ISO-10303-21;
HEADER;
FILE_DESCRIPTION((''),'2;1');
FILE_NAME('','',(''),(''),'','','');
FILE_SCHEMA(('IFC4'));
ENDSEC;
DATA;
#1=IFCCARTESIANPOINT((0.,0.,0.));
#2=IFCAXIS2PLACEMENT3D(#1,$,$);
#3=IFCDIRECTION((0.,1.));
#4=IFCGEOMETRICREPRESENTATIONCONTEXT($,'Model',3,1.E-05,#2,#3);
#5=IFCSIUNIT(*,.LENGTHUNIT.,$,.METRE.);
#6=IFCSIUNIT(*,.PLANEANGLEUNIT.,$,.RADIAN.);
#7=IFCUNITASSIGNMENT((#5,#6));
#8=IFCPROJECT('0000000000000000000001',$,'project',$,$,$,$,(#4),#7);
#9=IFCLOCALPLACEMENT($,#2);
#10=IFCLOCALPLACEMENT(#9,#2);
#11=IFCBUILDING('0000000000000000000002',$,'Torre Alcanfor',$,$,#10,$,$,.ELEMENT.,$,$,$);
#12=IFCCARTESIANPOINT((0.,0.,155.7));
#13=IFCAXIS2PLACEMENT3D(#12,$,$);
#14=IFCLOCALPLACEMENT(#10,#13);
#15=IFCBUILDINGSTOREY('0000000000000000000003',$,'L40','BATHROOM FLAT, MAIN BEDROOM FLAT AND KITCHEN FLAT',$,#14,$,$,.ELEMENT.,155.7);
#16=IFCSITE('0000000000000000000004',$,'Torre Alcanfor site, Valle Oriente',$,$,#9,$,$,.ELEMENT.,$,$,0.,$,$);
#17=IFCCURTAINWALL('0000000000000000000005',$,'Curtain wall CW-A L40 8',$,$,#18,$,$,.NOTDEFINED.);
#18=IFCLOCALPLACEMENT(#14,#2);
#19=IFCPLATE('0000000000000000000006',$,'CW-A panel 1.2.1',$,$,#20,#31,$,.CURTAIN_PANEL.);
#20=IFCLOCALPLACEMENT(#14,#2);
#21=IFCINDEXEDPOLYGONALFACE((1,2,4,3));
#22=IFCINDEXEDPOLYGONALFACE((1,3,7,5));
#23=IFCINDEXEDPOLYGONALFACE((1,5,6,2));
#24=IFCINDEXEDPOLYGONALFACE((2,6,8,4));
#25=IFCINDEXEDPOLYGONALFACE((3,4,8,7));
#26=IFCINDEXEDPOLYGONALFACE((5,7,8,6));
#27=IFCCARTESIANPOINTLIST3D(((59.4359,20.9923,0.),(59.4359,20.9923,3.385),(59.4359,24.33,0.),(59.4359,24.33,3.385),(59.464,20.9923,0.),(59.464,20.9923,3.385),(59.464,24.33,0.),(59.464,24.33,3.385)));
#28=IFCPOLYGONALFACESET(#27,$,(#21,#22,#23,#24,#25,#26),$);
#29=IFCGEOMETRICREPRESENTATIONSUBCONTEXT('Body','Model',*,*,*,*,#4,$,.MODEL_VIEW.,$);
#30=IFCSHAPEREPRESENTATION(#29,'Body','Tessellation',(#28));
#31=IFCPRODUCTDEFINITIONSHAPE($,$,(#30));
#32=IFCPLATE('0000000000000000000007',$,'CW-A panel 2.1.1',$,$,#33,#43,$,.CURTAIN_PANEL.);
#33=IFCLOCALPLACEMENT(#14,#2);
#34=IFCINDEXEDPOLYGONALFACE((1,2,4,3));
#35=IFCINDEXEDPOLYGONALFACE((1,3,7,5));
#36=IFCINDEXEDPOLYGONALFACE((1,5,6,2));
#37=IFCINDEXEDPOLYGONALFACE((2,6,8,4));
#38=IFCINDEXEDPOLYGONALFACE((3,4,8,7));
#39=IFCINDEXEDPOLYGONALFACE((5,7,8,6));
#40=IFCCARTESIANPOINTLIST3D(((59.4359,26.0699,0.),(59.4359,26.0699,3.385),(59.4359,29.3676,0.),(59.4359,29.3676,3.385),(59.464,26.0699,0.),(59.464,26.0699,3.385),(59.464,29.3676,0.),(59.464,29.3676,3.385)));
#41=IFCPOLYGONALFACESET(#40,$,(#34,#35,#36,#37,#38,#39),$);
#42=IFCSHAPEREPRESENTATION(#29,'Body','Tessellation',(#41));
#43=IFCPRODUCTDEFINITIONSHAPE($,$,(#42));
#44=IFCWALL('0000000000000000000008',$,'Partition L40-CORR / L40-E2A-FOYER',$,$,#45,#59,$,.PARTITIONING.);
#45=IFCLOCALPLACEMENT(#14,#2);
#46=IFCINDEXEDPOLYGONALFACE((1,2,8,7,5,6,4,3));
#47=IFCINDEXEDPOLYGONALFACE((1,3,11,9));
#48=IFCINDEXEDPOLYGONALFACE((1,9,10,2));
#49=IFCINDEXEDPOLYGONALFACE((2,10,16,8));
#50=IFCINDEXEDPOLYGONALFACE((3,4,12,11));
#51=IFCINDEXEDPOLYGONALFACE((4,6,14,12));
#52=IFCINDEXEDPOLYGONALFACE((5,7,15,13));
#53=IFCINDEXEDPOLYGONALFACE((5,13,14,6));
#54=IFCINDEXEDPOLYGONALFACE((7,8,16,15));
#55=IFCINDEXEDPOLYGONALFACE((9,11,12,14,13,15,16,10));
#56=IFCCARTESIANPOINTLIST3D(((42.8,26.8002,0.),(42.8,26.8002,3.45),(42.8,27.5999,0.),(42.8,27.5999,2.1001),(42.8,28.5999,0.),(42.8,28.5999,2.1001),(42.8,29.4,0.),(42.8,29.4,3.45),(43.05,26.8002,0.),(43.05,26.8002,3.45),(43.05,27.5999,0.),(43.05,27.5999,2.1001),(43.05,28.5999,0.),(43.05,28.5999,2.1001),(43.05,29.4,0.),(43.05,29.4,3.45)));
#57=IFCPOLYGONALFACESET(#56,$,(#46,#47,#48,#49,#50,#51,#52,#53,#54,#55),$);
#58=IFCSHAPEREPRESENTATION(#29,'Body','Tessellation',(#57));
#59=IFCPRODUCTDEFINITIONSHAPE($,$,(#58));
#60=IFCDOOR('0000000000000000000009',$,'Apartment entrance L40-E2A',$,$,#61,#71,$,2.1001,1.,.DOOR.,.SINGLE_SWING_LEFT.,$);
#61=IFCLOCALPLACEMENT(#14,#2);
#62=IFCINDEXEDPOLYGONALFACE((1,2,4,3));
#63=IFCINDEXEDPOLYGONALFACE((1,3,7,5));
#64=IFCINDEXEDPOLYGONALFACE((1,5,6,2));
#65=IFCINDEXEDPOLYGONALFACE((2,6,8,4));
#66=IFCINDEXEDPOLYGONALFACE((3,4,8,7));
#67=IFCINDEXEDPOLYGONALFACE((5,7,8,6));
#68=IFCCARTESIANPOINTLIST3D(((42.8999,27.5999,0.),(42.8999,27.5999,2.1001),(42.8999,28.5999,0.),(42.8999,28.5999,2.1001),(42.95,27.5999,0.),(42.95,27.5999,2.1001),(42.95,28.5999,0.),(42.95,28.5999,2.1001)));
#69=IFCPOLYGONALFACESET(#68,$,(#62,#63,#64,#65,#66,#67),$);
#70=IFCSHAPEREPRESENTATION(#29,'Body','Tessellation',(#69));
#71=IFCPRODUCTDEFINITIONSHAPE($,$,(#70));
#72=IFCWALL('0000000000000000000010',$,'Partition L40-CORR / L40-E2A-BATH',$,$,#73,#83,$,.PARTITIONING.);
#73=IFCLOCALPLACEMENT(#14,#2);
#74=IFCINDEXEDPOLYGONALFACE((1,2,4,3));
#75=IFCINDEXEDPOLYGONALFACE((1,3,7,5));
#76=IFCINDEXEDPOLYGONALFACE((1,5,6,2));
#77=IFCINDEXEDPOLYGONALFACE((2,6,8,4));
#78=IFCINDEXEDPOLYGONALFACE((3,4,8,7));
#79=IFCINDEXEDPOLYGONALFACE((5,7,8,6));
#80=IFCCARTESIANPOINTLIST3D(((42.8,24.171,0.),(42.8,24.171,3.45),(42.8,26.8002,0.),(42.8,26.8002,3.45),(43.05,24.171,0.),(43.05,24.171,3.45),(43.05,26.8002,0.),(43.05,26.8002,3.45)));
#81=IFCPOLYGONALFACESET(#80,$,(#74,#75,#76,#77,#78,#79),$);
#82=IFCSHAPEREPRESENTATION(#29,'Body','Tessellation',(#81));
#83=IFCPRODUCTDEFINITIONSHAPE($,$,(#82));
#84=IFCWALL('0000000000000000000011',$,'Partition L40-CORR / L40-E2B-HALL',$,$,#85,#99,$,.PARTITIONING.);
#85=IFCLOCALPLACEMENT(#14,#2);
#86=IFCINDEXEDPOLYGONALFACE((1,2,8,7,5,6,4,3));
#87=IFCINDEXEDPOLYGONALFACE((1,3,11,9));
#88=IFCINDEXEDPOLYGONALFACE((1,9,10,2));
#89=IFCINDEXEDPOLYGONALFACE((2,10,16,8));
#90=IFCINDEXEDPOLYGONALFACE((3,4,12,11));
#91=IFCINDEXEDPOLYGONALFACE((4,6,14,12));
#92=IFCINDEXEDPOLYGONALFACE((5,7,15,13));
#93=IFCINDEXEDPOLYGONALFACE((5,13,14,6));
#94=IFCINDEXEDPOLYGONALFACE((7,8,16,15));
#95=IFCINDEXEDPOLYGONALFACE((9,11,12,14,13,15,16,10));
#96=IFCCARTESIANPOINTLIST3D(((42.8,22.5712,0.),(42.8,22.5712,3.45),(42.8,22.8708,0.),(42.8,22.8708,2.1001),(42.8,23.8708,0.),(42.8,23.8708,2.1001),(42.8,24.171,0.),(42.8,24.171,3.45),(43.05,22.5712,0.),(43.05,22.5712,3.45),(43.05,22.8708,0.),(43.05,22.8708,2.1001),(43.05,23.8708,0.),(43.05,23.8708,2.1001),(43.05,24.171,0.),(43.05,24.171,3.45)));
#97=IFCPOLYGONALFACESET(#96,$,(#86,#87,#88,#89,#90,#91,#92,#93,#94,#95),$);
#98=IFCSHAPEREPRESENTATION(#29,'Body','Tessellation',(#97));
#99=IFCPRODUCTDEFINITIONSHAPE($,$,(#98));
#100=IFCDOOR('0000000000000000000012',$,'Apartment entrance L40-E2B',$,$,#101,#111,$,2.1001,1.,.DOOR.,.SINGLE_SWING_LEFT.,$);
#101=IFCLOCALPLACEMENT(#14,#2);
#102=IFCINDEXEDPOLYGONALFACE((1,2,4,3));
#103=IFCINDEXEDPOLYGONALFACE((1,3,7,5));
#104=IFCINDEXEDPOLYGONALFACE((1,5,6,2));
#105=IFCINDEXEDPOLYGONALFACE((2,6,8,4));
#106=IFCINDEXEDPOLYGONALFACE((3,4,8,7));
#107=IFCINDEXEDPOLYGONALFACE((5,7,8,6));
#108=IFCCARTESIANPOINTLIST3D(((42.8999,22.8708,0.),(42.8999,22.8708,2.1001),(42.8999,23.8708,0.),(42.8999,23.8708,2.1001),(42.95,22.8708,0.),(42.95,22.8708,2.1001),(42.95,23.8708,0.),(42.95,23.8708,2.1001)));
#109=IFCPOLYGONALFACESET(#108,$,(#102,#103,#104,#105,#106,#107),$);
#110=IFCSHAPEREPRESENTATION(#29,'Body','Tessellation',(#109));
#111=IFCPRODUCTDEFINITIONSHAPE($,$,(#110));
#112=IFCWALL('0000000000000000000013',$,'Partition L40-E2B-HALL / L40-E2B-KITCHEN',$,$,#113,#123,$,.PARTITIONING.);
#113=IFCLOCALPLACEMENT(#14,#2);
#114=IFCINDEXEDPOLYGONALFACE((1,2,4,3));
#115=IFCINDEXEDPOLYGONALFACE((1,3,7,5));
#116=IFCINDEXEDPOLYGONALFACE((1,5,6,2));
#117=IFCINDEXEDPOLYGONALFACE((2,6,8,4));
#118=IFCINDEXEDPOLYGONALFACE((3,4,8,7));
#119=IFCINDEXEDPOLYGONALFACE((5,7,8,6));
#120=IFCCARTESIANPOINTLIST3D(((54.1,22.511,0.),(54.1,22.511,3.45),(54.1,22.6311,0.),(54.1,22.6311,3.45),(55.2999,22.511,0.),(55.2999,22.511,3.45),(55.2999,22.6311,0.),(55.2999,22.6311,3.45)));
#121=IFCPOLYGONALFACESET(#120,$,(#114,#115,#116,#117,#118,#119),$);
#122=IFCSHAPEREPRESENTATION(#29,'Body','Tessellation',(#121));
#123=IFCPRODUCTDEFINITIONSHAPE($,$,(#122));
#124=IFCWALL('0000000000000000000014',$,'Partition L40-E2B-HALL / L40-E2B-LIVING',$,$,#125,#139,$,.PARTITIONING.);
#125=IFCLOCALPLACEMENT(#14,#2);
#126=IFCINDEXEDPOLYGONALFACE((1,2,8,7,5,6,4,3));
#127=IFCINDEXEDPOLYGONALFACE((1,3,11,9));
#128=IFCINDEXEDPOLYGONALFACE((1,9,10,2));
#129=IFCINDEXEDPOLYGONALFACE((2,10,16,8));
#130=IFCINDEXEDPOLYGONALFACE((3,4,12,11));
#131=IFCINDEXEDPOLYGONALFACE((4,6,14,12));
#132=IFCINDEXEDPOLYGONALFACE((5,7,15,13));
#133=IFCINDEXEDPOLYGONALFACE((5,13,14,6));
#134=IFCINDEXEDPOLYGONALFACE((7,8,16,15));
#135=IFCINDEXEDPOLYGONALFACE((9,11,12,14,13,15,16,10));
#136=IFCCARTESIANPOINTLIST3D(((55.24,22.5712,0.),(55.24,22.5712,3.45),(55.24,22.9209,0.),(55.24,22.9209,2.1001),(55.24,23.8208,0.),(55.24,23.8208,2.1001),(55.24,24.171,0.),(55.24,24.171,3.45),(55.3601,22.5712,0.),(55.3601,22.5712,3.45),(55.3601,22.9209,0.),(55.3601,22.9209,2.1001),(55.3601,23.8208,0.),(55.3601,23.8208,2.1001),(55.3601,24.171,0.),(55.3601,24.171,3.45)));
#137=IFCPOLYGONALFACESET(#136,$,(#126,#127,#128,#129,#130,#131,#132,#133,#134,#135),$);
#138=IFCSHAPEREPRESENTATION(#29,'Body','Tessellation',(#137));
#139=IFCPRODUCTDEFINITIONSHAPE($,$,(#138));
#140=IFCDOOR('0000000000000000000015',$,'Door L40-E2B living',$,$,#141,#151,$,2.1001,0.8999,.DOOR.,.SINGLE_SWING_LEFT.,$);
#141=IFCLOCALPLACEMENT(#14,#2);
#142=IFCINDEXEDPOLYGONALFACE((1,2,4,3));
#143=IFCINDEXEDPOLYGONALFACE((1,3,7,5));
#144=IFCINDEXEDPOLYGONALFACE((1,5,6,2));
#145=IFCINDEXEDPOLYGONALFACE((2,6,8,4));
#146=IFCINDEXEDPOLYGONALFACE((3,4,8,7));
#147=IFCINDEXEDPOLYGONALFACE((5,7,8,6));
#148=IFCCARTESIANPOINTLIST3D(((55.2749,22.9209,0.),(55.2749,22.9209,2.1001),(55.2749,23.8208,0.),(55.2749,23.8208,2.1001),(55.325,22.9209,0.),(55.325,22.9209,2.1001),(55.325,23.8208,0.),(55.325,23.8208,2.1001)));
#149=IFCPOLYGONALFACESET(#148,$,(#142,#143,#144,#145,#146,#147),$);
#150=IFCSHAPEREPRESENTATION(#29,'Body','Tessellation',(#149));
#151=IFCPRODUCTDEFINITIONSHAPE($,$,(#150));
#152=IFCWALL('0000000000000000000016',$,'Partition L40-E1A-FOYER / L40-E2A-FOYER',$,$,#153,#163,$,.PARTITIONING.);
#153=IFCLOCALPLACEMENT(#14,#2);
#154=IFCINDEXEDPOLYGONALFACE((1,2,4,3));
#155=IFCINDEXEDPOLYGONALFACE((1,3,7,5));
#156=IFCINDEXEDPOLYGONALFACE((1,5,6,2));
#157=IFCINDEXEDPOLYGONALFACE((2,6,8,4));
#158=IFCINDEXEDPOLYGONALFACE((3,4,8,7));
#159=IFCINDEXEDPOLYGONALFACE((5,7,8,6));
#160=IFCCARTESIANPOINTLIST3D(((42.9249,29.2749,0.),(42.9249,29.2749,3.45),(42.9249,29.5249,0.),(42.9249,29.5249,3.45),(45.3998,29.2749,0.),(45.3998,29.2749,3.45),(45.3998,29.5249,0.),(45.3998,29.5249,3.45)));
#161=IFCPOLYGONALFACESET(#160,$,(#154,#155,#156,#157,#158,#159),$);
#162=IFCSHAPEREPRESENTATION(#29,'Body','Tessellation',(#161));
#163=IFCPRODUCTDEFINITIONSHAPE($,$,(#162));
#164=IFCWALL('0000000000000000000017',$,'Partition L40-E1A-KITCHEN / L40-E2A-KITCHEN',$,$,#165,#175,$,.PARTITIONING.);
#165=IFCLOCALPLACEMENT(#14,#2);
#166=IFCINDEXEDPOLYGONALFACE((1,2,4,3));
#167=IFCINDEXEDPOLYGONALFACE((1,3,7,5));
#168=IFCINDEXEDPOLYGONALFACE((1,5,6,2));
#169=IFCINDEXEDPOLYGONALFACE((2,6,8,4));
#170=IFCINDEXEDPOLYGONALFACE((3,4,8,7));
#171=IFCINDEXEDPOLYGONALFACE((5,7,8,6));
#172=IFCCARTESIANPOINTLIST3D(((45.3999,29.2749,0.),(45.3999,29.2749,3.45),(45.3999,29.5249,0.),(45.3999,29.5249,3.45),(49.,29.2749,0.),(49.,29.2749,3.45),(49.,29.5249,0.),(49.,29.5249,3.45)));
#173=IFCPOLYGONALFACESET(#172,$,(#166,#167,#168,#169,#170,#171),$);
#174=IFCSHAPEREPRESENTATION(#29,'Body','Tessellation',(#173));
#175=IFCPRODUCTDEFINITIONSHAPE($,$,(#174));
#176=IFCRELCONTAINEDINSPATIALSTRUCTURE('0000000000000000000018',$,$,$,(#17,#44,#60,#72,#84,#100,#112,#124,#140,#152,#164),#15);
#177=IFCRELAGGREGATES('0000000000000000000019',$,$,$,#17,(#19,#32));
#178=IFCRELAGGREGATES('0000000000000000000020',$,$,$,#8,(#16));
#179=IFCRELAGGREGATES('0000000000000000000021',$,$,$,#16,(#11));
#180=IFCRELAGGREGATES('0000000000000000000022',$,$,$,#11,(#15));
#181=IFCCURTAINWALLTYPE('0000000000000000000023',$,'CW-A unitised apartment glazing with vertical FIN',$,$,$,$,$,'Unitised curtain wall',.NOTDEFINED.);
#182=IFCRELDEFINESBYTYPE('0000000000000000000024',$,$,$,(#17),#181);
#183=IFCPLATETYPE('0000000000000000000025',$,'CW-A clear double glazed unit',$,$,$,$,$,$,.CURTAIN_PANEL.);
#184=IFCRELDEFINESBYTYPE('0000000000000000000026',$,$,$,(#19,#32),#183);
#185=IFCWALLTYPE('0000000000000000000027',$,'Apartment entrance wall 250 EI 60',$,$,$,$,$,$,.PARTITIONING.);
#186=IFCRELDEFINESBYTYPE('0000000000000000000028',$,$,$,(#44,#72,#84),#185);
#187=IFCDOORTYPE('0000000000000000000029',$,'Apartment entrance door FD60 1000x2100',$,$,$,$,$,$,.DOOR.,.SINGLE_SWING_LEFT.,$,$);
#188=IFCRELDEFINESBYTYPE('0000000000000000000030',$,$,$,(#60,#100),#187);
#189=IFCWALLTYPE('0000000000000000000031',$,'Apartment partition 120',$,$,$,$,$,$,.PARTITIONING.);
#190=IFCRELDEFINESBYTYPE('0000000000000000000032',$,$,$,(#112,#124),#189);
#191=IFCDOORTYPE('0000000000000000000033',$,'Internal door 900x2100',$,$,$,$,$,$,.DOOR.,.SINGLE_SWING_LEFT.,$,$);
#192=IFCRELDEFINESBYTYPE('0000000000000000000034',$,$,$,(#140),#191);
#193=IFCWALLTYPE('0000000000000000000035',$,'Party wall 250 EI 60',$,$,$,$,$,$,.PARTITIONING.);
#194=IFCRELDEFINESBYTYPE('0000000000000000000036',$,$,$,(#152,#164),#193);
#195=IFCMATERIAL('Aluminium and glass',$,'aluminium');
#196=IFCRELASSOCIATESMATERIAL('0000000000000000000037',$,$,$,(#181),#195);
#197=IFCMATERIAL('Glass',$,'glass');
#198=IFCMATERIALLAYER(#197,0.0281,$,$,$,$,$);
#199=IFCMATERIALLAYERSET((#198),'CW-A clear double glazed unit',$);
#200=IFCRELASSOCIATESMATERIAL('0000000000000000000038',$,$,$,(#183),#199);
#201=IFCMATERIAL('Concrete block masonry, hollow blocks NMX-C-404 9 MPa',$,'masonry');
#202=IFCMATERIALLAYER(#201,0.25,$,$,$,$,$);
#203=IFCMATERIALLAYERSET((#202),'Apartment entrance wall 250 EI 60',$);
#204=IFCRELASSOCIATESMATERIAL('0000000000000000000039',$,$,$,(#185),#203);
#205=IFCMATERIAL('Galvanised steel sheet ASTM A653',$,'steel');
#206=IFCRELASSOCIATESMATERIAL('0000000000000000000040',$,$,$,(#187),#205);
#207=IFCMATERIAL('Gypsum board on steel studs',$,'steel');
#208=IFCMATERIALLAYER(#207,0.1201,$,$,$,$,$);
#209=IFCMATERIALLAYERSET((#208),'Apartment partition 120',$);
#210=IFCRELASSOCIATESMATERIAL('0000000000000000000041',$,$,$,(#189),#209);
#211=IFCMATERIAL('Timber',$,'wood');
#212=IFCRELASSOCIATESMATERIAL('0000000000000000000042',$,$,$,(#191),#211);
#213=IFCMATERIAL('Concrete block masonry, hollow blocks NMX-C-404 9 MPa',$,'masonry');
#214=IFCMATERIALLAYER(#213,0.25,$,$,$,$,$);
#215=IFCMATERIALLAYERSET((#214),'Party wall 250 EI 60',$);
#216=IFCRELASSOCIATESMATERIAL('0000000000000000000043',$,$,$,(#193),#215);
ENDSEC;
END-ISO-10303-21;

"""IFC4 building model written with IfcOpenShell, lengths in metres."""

from ifc_helpers import new_model, si_unit, direction, frame, frame_2d, origin, origin_2d, place, context, subcontext, project, spatial, rectangle, extrude, material, layer, layer_set, type_object, element, fill, aggregate, save


model = new_model("IFC4")

# Units and contexts
model_context = context("Model", 3, precision=1e-05, world=origin(), true_north=direction((0.0, 1.0)))
body_context = subcontext(model_context, "Body", "Model", "MODEL_VIEW")
ifc_project = project(units=[si_unit("LENGTHUNIT", "METRE"), si_unit("PLANEANGLEUNIT", "RADIAN")], contexts=[model_context])

# Site, building, storey
site_placement = place(None, origin())
site = spatial("IfcSite", under=ifc_project, at=site_placement, Name="Torre Alcanfor site, Valle Oriente", CompositionType="ELEMENT", RefElevation=0.0)
building_placement = place(site_placement, origin())
building = spatial("IfcBuilding", under=site, at=building_placement, Name="Torre Alcanfor", CompositionType="ELEMENT")
storey_placement = place(building_placement, frame((0.0, 0.0, 155.7)))
storey = spatial("IfcBuildingStorey", under=building, at=storey_placement, Name="L40", Description="BATHROOM FLAT, MAIN BEDROOM FLAT AND KITCHEN FLAT", CompositionType="ELEMENT", Elevation=155.7)

# Curtain wall
ifc_material_1 = material(Name="Aluminium and glass", Category="aluminium")
curtain_wall_type = type_object("IfcCurtainWallType", Name="CW-A unitised apartment glazing with vertical FIN", ElementType="Unitised curtain wall", PredefinedType="NOTDEFINED", material=ifc_material_1)
curtain_wall_placement = place(storey_placement, origin())
curtain_wall = element("IfcCurtainWall", 1, at=curtain_wall_placement, inside=storey, type_object=curtain_wall_type, Name="Curtain wall CW-A L40 8", PredefinedType="NOTDEFINED")

# Plates
ifc_material_2 = material(Name="Glass", Category="glass")
ifc_layer_1 = layer(ifc_material_2, 0.0281)
ifc_layer_set_1 = layer_set([ifc_layer_1], Name="CW-A clear double glazed unit")
plate_type = type_object("IfcPlateType", Name="CW-A clear double glazed unit", PredefinedType="CURTAIN_PANEL", material=ifc_layer_set_1)
plate_1_placement = place(storey_placement, frame((59.45, 22.6611, 0.0), z_axis=(0.0, 0.0, 1.0), x_axis=(0.0, 1.0, 0.0)))
plate_1 = element("IfcPlate", 2, at=plate_1_placement, type_object=plate_type, Name="CW-A panel 1.2.1", PredefinedType="CURTAIN_PANEL", context=body_context, shape_type="SweptSolid", body=[
    extrude(rectangle(XDim=3.3376, YDim=0.0281, at=origin_2d()), origin(), (0.0, 0.0, 1.0), 3.385),
])
plate_2_placement = place(storey_placement, frame((59.45, 27.7188, 0.0), z_axis=(0.0, 0.0, 1.0), x_axis=(0.0, 1.0, 0.0)))
plate_2 = element("IfcPlate", 3, at=plate_2_placement, type_object=plate_type, Name="CW-A panel 2.1.1", PredefinedType="CURTAIN_PANEL", context=body_context, shape_type="SweptSolid", body=[
    extrude(rectangle(XDim=3.2976, YDim=0.0281, at=origin_2d()), origin(), (0.0, 0.0, 1.0), 3.385),
])
aggregate(curtain_wall, [plate_1, plate_2])

# Wall, opening, door
ifc_material_3 = material(Name="Concrete block masonry, hollow blocks NMX-C-404 9 MPa", Category="masonry")
ifc_layer_2 = layer(ifc_material_3, 0.25)
ifc_layer_set_2 = layer_set([ifc_layer_2], Name="Apartment entrance wall 250 EI 60")
wall_type_1 = type_object("IfcWallType", Name="Apartment entrance wall 250 EI 60", PredefinedType="PARTITIONING", material=ifc_layer_set_2)
wall_1_placement = place(storey_placement, frame((42.925, 29.3999, 0.0), z_axis=(0.0, 0.0, 1.0), x_axis=(0.0, -1.0, 0.0)))
wall_1 = element("IfcWall", 4, at=wall_1_placement, inside=storey, type_object=wall_type_1, Name="Partition L40-CORR / L40-E2A-FOYER", PredefinedType="PARTITIONING", context=body_context, shape_type="SweptSolid", body=[
    extrude(rectangle(XDim=2.5999, YDim=0.25, at=frame_2d((1.2998, 0.0))), origin(), (0.0, 0.0, 1.0), 3.45),
])
opening_1_placement = place(wall_1_placement, frame((0.8, 0.0, 0.0)))
opening_1 = element("IfcOpeningElement", 5, at=opening_1_placement, cuts=wall_1, PredefinedType="OPENING", context=body_context, shape_type="SweptSolid", body=[
    extrude(rectangle(XDim=1.0, YDim=2.1001, at=frame_2d((0.5, 1.05))), frame((0.0, 0.135, 0.0), z_axis=(0.0, -1.0, 0.0), x_axis=(1.0, 0.0, 0.0)), (0.0, 0.0, 1.0), 0.27),
])
ifc_material_4 = material(Name="Galvanised steel sheet ASTM A653", Category="steel")
door_type_1 = type_object("IfcDoorType", Name="Apartment entrance door FD60 1000x2100", OperationType="SINGLE_SWING_LEFT", PredefinedType="DOOR", material=ifc_material_4)
door_1_placement = place(opening_1_placement, origin())
door_1 = element("IfcDoor", 6, at=door_1_placement, inside=storey, type_object=door_type_1, Name="Apartment entrance L40-E2A", OperationType="SINGLE_SWING_LEFT", OverallHeight=2.1001, OverallWidth=1.0, PredefinedType="DOOR", context=body_context, shape_type="SweptSolid", body=[
    extrude(rectangle(XDim=1.0, YDim=2.1001, at=frame_2d((0.5, 1.05))), frame((0.0, 0.0249, 0.0), z_axis=(0.0, -1.0, 0.0), x_axis=(1.0, 0.0, 0.0)), (0.0, 0.0, 1.0), 0.05),
])
fill(opening_1, door_1)

# Wall
wall_2_placement = place(storey_placement, frame((42.925, 26.8, 0.0), z_axis=(0.0, 0.0, 1.0), x_axis=(0.0, -1.0, 0.0)))
element("IfcWall", 7, at=wall_2_placement, inside=storey, type_object=wall_type_1, Name="Partition L40-CORR / L40-E2A-BATH", PredefinedType="PARTITIONING", context=body_context, shape_type="SweptSolid", body=[
    extrude(rectangle(XDim=2.6292, YDim=0.25, at=frame_2d((1.3145, 0.0))), origin(), (0.0, 0.0, 1.0), 3.45),
])

# Wall, opening, door
wall_3_placement = place(storey_placement, frame((42.925, 24.1709, 0.0), z_axis=(0.0, 0.0, 1.0), x_axis=(0.0, -1.0, 0.0)))
wall_3 = element("IfcWall", 8, at=wall_3_placement, inside=storey, type_object=wall_type_1, Name="Partition L40-CORR / L40-E2B-HALL", PredefinedType="PARTITIONING", context=body_context, shape_type="SweptSolid", body=[
    extrude(rectangle(XDim=1.5999, YDim=0.25, at=frame_2d((0.7998, 0.0))), origin(), (0.0, 0.0, 1.0), 3.45),
])
opening_2_placement = place(wall_3_placement, frame((0.3, 0.0, 0.0)))
opening_2 = element("IfcOpeningElement", 9, at=opening_2_placement, cuts=wall_3, PredefinedType="OPENING", context=body_context, shape_type="SweptSolid", body=[
    extrude(rectangle(XDim=1.0, YDim=2.1001, at=frame_2d((0.5, 1.05))), frame((0.0, 0.135, 0.0), z_axis=(0.0, -1.0, 0.0), x_axis=(1.0, 0.0, 0.0)), (0.0, 0.0, 1.0), 0.27),
])
door_2_placement = place(opening_2_placement, origin())
door_2 = element("IfcDoor", 10, at=door_2_placement, inside=storey, type_object=door_type_1, Name="Apartment entrance L40-E2B", OperationType="SINGLE_SWING_LEFT", OverallHeight=2.1001, OverallWidth=1.0, PredefinedType="DOOR", context=body_context, shape_type="SweptSolid", body=[
    extrude(rectangle(XDim=1.0, YDim=2.1001, at=frame_2d((0.5, 1.05))), frame((0.0, 0.0249, 0.0), z_axis=(0.0, -1.0, 0.0), x_axis=(1.0, 0.0, 0.0)), (0.0, 0.0, 1.0), 0.05),
])
fill(opening_2, door_2)

# Wall
ifc_material_5 = material(Name="Gypsum board on steel studs", Category="steel")
ifc_layer_3 = layer(ifc_material_5, 0.1201)
ifc_layer_set_3 = layer_set([ifc_layer_3], Name="Apartment partition 120")
wall_type_2 = type_object("IfcWallType", Name="Apartment partition 120", PredefinedType="PARTITIONING", material=ifc_layer_set_3)
wall_4_placement = place(storey_placement, frame((55.3, 22.571, 0.0), z_axis=(0.0, 0.0, 1.0), x_axis=(-1.0, 0.0, 0.0)))
element("IfcWall", 11, at=wall_4_placement, inside=storey, type_object=wall_type_2, Name="Partition L40-E2B-HALL / L40-E2B-KITCHEN", PredefinedType="PARTITIONING", context=body_context, shape_type="SweptSolid", body=[
    extrude(rectangle(XDim=1.2, YDim=0.1201, at=frame_2d((0.6001, 0.0))), origin(), (0.0, 0.0, 1.0), 3.45),
])

# Wall, opening, door
wall_5_placement = place(storey_placement, frame((55.3, 24.1709, 0.0), z_axis=(0.0, 0.0, 1.0), x_axis=(0.0, -1.0, 0.0)))
wall_5 = element("IfcWall", 12, at=wall_5_placement, inside=storey, type_object=wall_type_2, Name="Partition L40-E2B-HALL / L40-E2B-LIVING", PredefinedType="PARTITIONING", context=body_context, shape_type="SweptSolid", body=[
    extrude(rectangle(XDim=1.5999, YDim=0.1201, at=frame_2d((0.7998, 0.0))), origin(), (0.0, 0.0, 1.0), 3.45),
])
opening_3_placement = place(wall_5_placement, frame((0.3501, 0.0, 0.0)))
opening_3 = element("IfcOpeningElement", 13, at=opening_3_placement, cuts=wall_5, PredefinedType="OPENING", context=body_context, shape_type="SweptSolid", body=[
    extrude(rectangle(XDim=0.8999, YDim=2.1001, at=frame_2d((0.45, 1.05))), frame((0.0, 0.0701, 0.0), z_axis=(0.0, -1.0, 0.0), x_axis=(1.0, 0.0, 0.0)), (0.0, 0.0, 1.0), 0.1401),
])
ifc_material_6 = material(Name="Timber", Category="wood")
door_type_2 = type_object("IfcDoorType", Name="Internal door 900x2100", OperationType="SINGLE_SWING_LEFT", PredefinedType="DOOR", material=ifc_material_6)
door_3_placement = place(opening_3_placement, origin())
door_3 = element("IfcDoor", 14, at=door_3_placement, inside=storey, type_object=door_type_2, Name="Door L40-E2B living", OperationType="SINGLE_SWING_LEFT", OverallHeight=2.1001, OverallWidth=0.8999, PredefinedType="DOOR", context=body_context, shape_type="SweptSolid", body=[
    extrude(rectangle(XDim=0.8999, YDim=2.1001, at=frame_2d((0.45, 1.05))), frame((0.0, 0.0249, 0.0), z_axis=(0.0, -1.0, 0.0), x_axis=(1.0, 0.0, 0.0)), (0.0, 0.0, 1.0), 0.05),
])
fill(opening_3, door_3)

# Walls
ifc_material_7 = material(Name="Concrete block masonry, hollow blocks NMX-C-404 9 MPa", Category="masonry")
ifc_layer_4 = layer(ifc_material_7, 0.25)
ifc_layer_set_4 = layer_set([ifc_layer_4], Name="Party wall 250 EI 60")
wall_type_3 = type_object("IfcWallType", Name="Party wall 250 EI 60", PredefinedType="PARTITIONING", material=ifc_layer_set_4)
wall_6_placement = place(storey_placement, frame((42.925, 29.3999, 0.0), z_axis=(0.0, 0.0, 1.0), x_axis=(1.0, 0.0, 0.0)))
element("IfcWall", 15, at=wall_6_placement, inside=storey, type_object=wall_type_3, Name="Partition L40-E1A-FOYER / L40-E2A-FOYER", PredefinedType="PARTITIONING", context=body_context, shape_type="SweptSolid", body=[
    extrude(rectangle(XDim=2.4749, YDim=0.25, at=frame_2d((1.2373, 0.0))), origin(), (0.0, 0.0, 1.0), 3.45),
])
wall_7_placement = place(storey_placement, frame((45.3999, 29.3999, 0.0), z_axis=(0.0, 0.0, 1.0), x_axis=(1.0, 0.0, 0.0)))
element("IfcWall", 16, at=wall_7_placement, inside=storey, type_object=wall_type_3, Name="Partition L40-E1A-KITCHEN / L40-E2A-KITCHEN", PredefinedType="PARTITIONING", context=body_context, shape_type="SweptSolid", body=[
    extrude(rectangle(XDim=3.6001, YDim=0.25, at=frame_2d((1.8, 0.0))), origin(), (0.0, 0.0, 1.0), 3.45),
])

save(model, "model.ifc")
